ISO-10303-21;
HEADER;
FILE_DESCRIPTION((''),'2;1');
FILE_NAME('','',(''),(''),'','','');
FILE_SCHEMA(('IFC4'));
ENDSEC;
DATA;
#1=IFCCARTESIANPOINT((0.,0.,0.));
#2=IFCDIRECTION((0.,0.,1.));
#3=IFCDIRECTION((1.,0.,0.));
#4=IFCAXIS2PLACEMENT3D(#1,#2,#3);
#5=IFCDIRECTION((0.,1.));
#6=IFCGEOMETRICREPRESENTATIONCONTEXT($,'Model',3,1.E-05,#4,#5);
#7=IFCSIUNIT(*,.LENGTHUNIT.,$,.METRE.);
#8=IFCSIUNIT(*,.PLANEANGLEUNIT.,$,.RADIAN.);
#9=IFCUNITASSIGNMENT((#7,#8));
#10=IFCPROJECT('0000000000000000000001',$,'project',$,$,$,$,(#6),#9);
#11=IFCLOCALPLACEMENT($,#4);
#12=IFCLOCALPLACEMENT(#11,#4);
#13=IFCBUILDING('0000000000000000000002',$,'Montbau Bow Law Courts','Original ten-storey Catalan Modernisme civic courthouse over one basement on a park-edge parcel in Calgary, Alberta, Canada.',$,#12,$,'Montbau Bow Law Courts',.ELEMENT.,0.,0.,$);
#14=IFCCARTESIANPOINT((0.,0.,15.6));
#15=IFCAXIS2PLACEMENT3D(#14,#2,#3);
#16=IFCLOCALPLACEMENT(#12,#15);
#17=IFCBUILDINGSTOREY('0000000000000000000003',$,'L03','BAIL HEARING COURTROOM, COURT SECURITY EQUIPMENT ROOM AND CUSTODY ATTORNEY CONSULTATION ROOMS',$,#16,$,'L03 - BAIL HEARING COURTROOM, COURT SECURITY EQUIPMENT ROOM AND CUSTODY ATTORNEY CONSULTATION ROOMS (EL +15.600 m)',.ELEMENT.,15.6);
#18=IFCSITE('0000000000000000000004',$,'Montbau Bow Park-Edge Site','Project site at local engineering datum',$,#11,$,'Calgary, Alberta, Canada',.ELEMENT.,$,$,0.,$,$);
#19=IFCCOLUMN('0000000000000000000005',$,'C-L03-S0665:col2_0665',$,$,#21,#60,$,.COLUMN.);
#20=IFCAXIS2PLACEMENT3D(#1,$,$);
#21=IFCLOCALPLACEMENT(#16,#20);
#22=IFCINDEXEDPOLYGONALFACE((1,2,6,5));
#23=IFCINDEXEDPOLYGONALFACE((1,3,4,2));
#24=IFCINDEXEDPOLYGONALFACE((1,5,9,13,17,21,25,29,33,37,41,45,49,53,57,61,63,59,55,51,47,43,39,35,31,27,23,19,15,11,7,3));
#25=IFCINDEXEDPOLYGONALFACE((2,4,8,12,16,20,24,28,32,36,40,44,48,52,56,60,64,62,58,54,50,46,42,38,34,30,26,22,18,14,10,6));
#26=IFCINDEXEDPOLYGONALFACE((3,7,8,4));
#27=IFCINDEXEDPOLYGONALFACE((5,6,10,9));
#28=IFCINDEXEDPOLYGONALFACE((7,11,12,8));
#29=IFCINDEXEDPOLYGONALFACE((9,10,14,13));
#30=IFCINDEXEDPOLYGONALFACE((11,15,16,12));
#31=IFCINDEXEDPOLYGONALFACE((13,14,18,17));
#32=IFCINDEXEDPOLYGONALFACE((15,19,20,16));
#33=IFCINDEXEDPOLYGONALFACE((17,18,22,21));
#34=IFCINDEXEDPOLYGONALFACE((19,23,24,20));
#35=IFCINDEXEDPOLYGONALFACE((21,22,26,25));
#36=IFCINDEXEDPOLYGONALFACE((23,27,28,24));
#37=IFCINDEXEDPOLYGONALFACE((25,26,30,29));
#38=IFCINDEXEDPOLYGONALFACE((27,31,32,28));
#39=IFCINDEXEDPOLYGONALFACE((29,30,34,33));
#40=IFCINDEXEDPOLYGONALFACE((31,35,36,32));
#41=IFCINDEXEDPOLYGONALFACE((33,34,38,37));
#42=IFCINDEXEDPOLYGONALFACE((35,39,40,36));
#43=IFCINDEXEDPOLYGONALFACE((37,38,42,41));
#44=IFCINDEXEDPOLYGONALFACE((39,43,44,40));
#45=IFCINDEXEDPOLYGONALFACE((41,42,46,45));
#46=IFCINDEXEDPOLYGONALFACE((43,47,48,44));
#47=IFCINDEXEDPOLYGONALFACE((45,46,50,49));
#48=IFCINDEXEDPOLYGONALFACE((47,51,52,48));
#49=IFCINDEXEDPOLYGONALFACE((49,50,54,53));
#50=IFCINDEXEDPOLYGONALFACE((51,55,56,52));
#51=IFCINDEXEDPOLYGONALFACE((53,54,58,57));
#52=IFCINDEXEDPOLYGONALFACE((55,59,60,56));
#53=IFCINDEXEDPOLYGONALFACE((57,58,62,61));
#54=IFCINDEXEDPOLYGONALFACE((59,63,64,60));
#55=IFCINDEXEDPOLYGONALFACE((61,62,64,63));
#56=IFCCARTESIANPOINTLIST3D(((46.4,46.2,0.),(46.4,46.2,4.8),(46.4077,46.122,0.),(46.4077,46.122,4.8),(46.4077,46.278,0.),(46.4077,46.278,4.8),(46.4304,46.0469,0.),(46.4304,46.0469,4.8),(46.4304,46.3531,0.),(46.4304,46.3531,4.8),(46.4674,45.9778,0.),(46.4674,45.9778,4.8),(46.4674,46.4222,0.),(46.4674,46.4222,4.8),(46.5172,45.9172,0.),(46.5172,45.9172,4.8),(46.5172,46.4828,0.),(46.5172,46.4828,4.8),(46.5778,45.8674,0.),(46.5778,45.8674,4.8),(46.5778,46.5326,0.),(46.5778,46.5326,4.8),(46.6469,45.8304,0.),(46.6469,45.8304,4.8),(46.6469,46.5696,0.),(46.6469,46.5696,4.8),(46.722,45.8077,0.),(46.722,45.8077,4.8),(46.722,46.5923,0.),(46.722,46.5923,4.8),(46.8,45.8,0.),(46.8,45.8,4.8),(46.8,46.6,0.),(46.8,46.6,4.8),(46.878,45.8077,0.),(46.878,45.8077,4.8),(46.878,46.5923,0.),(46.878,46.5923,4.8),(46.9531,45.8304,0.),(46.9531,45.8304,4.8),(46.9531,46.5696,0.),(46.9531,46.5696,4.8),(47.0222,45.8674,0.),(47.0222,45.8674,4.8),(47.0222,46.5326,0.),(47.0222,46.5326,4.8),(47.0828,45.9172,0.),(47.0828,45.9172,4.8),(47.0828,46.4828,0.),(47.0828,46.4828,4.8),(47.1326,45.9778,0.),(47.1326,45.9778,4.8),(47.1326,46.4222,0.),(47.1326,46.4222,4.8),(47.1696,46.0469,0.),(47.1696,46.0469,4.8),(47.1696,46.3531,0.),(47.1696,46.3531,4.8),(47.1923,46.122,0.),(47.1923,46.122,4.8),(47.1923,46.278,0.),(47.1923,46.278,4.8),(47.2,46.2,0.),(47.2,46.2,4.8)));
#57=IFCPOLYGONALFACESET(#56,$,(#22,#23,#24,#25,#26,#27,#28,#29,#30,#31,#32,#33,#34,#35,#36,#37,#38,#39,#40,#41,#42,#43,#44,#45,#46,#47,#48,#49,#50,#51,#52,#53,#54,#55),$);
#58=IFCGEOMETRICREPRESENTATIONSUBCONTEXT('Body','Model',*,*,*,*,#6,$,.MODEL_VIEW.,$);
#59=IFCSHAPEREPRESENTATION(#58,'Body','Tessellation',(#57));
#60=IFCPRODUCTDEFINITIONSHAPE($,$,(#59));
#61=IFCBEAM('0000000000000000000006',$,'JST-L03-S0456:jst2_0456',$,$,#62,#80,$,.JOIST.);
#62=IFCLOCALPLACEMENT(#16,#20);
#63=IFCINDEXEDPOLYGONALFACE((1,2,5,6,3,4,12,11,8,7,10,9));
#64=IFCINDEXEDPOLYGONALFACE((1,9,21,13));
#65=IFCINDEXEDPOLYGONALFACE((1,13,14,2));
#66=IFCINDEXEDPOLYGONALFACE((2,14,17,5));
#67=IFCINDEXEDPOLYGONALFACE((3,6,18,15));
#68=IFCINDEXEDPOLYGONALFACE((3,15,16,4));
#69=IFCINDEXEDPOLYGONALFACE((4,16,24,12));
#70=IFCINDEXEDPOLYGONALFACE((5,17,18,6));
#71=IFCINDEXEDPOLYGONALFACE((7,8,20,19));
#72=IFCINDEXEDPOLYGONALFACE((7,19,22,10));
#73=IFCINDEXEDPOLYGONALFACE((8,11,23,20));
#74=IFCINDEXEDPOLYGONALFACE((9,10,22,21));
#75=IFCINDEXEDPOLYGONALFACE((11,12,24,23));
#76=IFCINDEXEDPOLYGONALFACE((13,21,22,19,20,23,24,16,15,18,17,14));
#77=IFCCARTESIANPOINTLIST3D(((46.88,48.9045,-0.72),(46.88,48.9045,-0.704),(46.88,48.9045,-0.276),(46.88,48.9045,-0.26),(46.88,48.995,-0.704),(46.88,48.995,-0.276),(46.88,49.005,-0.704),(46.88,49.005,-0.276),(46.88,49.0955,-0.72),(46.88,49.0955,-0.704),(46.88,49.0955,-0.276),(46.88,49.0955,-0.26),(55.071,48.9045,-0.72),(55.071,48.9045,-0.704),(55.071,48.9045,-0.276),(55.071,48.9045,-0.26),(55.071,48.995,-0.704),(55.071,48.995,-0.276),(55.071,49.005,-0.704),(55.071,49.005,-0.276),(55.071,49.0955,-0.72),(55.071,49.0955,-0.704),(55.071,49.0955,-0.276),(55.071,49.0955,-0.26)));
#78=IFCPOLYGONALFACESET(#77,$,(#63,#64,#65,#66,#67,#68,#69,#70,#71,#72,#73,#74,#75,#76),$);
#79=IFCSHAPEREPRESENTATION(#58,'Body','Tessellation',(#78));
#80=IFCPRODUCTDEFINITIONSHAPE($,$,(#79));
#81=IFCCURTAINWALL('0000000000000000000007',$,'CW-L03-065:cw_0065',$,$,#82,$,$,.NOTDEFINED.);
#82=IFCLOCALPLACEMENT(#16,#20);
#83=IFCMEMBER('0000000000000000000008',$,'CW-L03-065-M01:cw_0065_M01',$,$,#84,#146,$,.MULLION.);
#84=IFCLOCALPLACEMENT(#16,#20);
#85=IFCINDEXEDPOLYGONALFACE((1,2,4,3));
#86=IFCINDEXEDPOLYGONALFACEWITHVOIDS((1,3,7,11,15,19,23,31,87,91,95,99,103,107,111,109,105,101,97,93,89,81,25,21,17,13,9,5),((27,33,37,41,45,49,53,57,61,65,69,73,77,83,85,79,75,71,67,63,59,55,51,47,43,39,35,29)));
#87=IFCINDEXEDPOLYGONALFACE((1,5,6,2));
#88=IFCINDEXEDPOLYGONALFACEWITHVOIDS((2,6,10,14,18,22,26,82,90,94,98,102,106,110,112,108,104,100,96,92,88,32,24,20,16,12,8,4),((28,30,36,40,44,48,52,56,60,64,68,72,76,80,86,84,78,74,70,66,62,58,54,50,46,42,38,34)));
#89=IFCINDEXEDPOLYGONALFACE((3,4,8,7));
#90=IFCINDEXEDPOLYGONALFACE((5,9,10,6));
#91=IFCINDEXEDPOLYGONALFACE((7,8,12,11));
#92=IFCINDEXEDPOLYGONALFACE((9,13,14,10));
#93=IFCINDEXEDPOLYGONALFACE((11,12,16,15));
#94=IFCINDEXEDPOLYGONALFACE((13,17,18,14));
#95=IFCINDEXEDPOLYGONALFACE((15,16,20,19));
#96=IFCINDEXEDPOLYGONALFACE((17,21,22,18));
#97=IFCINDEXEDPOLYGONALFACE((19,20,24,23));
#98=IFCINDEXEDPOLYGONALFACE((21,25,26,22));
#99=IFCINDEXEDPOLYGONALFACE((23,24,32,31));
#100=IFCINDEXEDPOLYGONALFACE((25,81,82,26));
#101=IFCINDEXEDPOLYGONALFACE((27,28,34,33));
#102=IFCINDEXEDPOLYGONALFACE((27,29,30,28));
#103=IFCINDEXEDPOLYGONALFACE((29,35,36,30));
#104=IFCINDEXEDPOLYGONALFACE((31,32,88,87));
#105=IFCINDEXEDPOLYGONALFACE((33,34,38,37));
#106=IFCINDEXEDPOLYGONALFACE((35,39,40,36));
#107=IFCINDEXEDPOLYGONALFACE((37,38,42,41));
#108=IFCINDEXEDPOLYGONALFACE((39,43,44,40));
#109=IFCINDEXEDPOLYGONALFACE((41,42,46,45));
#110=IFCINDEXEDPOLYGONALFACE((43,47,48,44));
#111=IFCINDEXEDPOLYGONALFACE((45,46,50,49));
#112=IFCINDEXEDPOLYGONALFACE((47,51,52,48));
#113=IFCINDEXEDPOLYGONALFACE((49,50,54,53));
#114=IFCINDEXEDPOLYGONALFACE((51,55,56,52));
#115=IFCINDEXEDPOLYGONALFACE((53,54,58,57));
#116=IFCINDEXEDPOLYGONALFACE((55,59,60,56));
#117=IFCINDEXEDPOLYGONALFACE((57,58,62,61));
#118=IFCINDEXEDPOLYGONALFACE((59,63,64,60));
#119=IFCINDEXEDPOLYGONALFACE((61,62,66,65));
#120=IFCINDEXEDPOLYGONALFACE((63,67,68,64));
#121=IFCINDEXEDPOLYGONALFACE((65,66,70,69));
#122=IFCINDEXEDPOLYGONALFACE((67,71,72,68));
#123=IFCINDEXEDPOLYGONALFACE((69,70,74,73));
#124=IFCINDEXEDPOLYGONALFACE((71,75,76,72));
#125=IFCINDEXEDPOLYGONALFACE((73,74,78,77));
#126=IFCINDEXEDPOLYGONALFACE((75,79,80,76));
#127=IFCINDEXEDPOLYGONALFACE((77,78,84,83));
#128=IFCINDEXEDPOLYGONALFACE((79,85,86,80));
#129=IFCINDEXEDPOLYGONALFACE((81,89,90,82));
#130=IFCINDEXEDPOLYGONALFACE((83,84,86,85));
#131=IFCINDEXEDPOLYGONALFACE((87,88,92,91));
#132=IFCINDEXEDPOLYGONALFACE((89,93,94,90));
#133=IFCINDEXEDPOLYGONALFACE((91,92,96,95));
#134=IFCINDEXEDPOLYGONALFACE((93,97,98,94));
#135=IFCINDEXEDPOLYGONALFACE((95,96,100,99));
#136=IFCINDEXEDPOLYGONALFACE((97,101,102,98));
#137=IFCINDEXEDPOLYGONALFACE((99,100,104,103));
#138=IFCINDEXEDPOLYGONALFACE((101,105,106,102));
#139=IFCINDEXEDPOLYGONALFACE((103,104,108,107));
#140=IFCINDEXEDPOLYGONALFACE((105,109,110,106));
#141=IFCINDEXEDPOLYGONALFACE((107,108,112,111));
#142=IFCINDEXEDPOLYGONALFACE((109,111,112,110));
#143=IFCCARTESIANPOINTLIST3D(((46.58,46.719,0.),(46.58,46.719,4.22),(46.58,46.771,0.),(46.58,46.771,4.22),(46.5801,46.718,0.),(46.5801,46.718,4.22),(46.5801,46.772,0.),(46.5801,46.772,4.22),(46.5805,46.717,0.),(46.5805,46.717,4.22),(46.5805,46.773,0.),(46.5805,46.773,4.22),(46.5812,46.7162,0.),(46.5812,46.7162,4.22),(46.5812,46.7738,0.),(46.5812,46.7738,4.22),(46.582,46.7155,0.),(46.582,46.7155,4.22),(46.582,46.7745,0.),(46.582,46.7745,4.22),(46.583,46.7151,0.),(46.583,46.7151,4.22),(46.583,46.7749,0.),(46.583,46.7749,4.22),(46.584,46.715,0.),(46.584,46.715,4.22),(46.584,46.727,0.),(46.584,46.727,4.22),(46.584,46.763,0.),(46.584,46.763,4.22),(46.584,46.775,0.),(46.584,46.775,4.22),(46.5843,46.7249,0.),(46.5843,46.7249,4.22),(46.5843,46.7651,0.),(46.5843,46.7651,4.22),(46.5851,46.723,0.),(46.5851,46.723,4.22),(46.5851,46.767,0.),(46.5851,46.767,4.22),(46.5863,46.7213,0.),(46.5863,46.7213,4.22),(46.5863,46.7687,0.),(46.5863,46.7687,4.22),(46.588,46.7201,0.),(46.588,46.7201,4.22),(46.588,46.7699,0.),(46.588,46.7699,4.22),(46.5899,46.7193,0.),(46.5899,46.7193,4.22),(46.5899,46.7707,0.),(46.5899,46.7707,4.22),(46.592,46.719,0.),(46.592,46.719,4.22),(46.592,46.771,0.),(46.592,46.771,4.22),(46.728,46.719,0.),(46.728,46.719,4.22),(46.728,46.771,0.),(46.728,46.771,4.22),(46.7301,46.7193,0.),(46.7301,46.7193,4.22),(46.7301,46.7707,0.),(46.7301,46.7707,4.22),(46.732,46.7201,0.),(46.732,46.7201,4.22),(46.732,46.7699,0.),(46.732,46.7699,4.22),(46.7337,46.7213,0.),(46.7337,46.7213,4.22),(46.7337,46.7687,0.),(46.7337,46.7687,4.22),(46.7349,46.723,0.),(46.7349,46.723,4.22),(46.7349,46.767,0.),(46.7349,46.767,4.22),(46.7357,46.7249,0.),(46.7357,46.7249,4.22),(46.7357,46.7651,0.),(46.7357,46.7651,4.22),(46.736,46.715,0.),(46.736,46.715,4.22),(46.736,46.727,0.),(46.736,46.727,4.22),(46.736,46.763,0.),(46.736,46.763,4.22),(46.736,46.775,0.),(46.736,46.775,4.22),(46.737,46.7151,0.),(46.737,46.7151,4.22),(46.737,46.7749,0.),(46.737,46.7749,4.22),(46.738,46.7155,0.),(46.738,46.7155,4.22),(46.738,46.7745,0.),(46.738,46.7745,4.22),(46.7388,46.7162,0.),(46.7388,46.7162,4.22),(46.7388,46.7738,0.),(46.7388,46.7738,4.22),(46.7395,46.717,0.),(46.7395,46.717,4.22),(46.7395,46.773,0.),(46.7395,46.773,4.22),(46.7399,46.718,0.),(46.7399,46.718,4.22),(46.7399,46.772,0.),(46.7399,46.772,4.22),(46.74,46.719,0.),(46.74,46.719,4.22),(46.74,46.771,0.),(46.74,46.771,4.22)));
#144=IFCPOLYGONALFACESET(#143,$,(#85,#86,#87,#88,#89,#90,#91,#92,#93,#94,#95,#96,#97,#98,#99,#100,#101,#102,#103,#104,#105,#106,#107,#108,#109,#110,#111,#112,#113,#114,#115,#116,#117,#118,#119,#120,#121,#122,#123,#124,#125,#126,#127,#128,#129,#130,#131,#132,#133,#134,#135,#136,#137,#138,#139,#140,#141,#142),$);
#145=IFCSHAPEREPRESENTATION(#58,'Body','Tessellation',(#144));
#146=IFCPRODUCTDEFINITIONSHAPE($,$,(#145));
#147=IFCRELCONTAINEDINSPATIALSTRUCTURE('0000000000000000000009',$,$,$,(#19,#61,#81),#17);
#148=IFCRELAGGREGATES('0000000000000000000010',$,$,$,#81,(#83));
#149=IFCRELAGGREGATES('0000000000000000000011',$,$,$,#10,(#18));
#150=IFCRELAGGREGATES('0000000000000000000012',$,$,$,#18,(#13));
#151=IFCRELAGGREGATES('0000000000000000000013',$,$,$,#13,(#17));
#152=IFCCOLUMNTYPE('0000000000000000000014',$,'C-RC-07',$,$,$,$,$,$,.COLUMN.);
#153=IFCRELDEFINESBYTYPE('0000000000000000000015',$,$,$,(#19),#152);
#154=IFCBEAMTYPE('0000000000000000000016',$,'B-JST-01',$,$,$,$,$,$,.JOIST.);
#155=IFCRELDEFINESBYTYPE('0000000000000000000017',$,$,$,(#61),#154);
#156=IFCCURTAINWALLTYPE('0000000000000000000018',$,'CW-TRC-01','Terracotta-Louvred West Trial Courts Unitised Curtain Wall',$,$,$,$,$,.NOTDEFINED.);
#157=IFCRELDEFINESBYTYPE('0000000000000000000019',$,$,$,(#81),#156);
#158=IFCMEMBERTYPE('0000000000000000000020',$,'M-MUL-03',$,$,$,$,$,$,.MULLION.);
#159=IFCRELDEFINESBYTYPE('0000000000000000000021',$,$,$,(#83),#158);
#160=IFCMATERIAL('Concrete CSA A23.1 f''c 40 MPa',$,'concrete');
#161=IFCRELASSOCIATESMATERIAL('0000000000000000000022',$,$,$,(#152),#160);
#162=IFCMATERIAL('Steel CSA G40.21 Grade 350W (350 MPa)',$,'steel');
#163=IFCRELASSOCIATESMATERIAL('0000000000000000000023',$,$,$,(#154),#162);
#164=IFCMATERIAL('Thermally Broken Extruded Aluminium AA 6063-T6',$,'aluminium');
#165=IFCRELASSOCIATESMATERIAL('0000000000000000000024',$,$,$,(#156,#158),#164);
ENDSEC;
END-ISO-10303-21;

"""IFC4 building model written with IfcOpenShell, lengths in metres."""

from ifc_helpers import new_model, si_unit, direction, frame, origin_with_axes, origin_2d_with_axis, place, context, subcontext, project, spatial, hollow_rectangle, circle, i_section, extrude, material, material_profile, profile_set, type_object, element, aggregate, save


model = new_model("IFC4")

# Units and contexts
model_context = context("Model", 3, precision=1e-05, world=origin_with_axes(), true_north=direction((0.0, 1.0)))
body_context = subcontext(model_context, "Body", "Model", "MODEL_VIEW")
ifc_project = project(units=[si_unit("LENGTHUNIT", "METRE"), si_unit("PLANEANGLEUNIT", "RADIAN")], contexts=[model_context])

# Site, building, storey
site_placement = place(None, origin_with_axes())
site = spatial("IfcSite", under=ifc_project, at=site_placement, Name="Montbau Bow Park-Edge Site", Description="Project site at local engineering datum", LongName="Calgary, Alberta, Canada", CompositionType="ELEMENT", RefElevation=0.0)
building_placement = place(site_placement, origin_with_axes())
building = spatial("IfcBuilding", under=site, at=building_placement, Name="Montbau Bow Law Courts", Description="Original ten-storey Catalan Modernisme civic courthouse over one basement on a park-edge parcel in Calgary, Alberta, Canada.", LongName="Montbau Bow Law Courts", CompositionType="ELEMENT", ElevationOfRefHeight=0.0, ElevationOfTerrain=0.0)
storey_placement = place(building_placement, frame((0.0, 0.0, 15.6), z_axis=(0.0, 0.0, 1.0), x_axis=(1.0, 0.0, 0.0)))
storey = spatial("IfcBuildingStorey", under=building, at=storey_placement, Name="L03", Description="BAIL HEARING COURTROOM, COURT SECURITY EQUIPMENT ROOM AND CUSTODY ATTORNEY CONSULTATION ROOMS", LongName="L03 - BAIL HEARING COURTROOM, COURT SECURITY EQUIPMENT ROOM AND CUSTODY ATTORNEY CONSULTATION ROOMS (EL +15.600 m)", CompositionType="ELEMENT", Elevation=15.6)

# Column
ifc_material_1 = material(Name="Concrete CSA A23.1 f'c 40 MPa", Category="concrete")
ifc_material_profile_1 = material_profile(ifc_material_1, circle(Radius=0.4, at=origin_2d_with_axis()), Name="RC800D", Category="Main", Priority=0)
ifc_profile_set_1 = profile_set([ifc_material_profile_1], Name="Concrete CSA A23.1 f'c 40 MPa")
column_type = type_object("IfcColumnType", Name="C-RC-07", PredefinedType="COLUMN", material=ifc_profile_set_1)
column_placement = place(None, frame((46.8, 46.2, 15.6), z_axis=(0.0, 0.0, 1.0), x_axis=(1.0, 0.0, 0.0)))
element("IfcColumn", 1, at=column_placement, inside=storey, type_object=column_type, Name="C-L03-S0665:col2_0665", PredefinedType="COLUMN", context=body_context, shape_type="SweptSolid", body=[
    extrude(circle(Radius=0.4, at=origin_2d_with_axis()), origin_with_axes(), (0.0, 0.0, 1.0), 4.8),
])

# Beam
ifc_material_2 = material(Name="Steel CSA G40.21 Grade 350W (350 MPa)", Category="steel")
ifc_material_profile_2 = material_profile(ifc_material_2, i_section(OverallWidth=0.191, OverallDepth=0.46, WebThickness=0.0099, FlangeThickness=0.016, at=origin_2d_with_axis()), Name="W460X82", Category="Main", Priority=0)
ifc_profile_set_2 = profile_set([ifc_material_profile_2], Name="Steel CSA G40.21 Grade 350W (350 MPa)")
beam_type = type_object("IfcBeamType", Name="B-JST-01", PredefinedType="JOIST", material=ifc_profile_set_2)
beam_placement = place(None, frame((46.88, 49.0, 15.11), z_axis=(1.0, 0.0, 0.0), x_axis=(0.0, 1.0, 0.0)))
element("IfcBeam", 2, at=beam_placement, inside=storey, type_object=beam_type, Name="JST-L03-S0456:jst2_0456", PredefinedType="JOIST", context=body_context, shape_type="SweptSolid", body=[
    extrude(i_section(OverallWidth=0.191, OverallDepth=0.46, WebThickness=0.0099, FlangeThickness=0.016, at=origin_2d_with_axis()), origin_with_axes(), (0.0, 0.0, 1.0), 8.191),
])

# Curtain wall, member
ifc_material_3 = material(Name="Thermally Broken Extruded Aluminium AA 6063-T6", Category="aluminium")
curtain_wall_type_1 = type_object("IfcCurtainWallType", Name="CW-TRC-01", Description="Terracotta-Louvred West Trial Courts Unitised Curtain Wall", PredefinedType="NOTDEFINED", material=ifc_material_3)
curtain_wall_1_placement = place(None, frame((46.66, 46.715, 15.6), z_axis=(0.0, 0.0, 1.0), x_axis=(1.0, 0.0, 0.0)))
curtain_wall_1 = element("IfcCurtainWall", 3, at=curtain_wall_1_placement, inside=storey, type_object=curtain_wall_type_1, Name="CW-L03-065:cw_0065", PredefinedType="NOTDEFINED")
ifc_material_profile_3 = material_profile(ifc_material_3, hollow_rectangle(XDim=0.06, YDim=0.16, WallThickness=0.004, InnerFilletRadius=0.008, OuterFilletRadius=0.004, at=origin_2d_with_axis()), Name="CWM-160X60", Category="Main", Priority=0)
ifc_profile_set_3 = profile_set([ifc_material_profile_3], Name="Thermally Broken Extruded Aluminium AA 6063-T6")
member_type_1 = type_object("IfcMemberType", Name="M-MUL-03", PredefinedType="MULLION", material=ifc_profile_set_3)
member_1_placement = place(None, frame((46.66, 46.745, 15.6), z_axis=(0.0, 0.0, 1.0), x_axis=(0.0, 1.0, 0.0)))
member_1 = element("IfcMember", 4, at=member_1_placement, type_object=member_type_1, Name="CW-L03-065-M01:cw_0065_M01", PredefinedType="MULLION", context=body_context, shape_type="SweptSolid", body=[
    extrude(hollow_rectangle(XDim=0.06, YDim=0.16, WallThickness=0.004, InnerFilletRadius=0.008, OuterFilletRadius=0.004, at=origin_2d_with_axis()), origin_with_axes(), (0.0, 0.0, 1.0), 4.22),
])

aggregate(curtain_wall_1, [member_1])

save(model, "model.ifc")
